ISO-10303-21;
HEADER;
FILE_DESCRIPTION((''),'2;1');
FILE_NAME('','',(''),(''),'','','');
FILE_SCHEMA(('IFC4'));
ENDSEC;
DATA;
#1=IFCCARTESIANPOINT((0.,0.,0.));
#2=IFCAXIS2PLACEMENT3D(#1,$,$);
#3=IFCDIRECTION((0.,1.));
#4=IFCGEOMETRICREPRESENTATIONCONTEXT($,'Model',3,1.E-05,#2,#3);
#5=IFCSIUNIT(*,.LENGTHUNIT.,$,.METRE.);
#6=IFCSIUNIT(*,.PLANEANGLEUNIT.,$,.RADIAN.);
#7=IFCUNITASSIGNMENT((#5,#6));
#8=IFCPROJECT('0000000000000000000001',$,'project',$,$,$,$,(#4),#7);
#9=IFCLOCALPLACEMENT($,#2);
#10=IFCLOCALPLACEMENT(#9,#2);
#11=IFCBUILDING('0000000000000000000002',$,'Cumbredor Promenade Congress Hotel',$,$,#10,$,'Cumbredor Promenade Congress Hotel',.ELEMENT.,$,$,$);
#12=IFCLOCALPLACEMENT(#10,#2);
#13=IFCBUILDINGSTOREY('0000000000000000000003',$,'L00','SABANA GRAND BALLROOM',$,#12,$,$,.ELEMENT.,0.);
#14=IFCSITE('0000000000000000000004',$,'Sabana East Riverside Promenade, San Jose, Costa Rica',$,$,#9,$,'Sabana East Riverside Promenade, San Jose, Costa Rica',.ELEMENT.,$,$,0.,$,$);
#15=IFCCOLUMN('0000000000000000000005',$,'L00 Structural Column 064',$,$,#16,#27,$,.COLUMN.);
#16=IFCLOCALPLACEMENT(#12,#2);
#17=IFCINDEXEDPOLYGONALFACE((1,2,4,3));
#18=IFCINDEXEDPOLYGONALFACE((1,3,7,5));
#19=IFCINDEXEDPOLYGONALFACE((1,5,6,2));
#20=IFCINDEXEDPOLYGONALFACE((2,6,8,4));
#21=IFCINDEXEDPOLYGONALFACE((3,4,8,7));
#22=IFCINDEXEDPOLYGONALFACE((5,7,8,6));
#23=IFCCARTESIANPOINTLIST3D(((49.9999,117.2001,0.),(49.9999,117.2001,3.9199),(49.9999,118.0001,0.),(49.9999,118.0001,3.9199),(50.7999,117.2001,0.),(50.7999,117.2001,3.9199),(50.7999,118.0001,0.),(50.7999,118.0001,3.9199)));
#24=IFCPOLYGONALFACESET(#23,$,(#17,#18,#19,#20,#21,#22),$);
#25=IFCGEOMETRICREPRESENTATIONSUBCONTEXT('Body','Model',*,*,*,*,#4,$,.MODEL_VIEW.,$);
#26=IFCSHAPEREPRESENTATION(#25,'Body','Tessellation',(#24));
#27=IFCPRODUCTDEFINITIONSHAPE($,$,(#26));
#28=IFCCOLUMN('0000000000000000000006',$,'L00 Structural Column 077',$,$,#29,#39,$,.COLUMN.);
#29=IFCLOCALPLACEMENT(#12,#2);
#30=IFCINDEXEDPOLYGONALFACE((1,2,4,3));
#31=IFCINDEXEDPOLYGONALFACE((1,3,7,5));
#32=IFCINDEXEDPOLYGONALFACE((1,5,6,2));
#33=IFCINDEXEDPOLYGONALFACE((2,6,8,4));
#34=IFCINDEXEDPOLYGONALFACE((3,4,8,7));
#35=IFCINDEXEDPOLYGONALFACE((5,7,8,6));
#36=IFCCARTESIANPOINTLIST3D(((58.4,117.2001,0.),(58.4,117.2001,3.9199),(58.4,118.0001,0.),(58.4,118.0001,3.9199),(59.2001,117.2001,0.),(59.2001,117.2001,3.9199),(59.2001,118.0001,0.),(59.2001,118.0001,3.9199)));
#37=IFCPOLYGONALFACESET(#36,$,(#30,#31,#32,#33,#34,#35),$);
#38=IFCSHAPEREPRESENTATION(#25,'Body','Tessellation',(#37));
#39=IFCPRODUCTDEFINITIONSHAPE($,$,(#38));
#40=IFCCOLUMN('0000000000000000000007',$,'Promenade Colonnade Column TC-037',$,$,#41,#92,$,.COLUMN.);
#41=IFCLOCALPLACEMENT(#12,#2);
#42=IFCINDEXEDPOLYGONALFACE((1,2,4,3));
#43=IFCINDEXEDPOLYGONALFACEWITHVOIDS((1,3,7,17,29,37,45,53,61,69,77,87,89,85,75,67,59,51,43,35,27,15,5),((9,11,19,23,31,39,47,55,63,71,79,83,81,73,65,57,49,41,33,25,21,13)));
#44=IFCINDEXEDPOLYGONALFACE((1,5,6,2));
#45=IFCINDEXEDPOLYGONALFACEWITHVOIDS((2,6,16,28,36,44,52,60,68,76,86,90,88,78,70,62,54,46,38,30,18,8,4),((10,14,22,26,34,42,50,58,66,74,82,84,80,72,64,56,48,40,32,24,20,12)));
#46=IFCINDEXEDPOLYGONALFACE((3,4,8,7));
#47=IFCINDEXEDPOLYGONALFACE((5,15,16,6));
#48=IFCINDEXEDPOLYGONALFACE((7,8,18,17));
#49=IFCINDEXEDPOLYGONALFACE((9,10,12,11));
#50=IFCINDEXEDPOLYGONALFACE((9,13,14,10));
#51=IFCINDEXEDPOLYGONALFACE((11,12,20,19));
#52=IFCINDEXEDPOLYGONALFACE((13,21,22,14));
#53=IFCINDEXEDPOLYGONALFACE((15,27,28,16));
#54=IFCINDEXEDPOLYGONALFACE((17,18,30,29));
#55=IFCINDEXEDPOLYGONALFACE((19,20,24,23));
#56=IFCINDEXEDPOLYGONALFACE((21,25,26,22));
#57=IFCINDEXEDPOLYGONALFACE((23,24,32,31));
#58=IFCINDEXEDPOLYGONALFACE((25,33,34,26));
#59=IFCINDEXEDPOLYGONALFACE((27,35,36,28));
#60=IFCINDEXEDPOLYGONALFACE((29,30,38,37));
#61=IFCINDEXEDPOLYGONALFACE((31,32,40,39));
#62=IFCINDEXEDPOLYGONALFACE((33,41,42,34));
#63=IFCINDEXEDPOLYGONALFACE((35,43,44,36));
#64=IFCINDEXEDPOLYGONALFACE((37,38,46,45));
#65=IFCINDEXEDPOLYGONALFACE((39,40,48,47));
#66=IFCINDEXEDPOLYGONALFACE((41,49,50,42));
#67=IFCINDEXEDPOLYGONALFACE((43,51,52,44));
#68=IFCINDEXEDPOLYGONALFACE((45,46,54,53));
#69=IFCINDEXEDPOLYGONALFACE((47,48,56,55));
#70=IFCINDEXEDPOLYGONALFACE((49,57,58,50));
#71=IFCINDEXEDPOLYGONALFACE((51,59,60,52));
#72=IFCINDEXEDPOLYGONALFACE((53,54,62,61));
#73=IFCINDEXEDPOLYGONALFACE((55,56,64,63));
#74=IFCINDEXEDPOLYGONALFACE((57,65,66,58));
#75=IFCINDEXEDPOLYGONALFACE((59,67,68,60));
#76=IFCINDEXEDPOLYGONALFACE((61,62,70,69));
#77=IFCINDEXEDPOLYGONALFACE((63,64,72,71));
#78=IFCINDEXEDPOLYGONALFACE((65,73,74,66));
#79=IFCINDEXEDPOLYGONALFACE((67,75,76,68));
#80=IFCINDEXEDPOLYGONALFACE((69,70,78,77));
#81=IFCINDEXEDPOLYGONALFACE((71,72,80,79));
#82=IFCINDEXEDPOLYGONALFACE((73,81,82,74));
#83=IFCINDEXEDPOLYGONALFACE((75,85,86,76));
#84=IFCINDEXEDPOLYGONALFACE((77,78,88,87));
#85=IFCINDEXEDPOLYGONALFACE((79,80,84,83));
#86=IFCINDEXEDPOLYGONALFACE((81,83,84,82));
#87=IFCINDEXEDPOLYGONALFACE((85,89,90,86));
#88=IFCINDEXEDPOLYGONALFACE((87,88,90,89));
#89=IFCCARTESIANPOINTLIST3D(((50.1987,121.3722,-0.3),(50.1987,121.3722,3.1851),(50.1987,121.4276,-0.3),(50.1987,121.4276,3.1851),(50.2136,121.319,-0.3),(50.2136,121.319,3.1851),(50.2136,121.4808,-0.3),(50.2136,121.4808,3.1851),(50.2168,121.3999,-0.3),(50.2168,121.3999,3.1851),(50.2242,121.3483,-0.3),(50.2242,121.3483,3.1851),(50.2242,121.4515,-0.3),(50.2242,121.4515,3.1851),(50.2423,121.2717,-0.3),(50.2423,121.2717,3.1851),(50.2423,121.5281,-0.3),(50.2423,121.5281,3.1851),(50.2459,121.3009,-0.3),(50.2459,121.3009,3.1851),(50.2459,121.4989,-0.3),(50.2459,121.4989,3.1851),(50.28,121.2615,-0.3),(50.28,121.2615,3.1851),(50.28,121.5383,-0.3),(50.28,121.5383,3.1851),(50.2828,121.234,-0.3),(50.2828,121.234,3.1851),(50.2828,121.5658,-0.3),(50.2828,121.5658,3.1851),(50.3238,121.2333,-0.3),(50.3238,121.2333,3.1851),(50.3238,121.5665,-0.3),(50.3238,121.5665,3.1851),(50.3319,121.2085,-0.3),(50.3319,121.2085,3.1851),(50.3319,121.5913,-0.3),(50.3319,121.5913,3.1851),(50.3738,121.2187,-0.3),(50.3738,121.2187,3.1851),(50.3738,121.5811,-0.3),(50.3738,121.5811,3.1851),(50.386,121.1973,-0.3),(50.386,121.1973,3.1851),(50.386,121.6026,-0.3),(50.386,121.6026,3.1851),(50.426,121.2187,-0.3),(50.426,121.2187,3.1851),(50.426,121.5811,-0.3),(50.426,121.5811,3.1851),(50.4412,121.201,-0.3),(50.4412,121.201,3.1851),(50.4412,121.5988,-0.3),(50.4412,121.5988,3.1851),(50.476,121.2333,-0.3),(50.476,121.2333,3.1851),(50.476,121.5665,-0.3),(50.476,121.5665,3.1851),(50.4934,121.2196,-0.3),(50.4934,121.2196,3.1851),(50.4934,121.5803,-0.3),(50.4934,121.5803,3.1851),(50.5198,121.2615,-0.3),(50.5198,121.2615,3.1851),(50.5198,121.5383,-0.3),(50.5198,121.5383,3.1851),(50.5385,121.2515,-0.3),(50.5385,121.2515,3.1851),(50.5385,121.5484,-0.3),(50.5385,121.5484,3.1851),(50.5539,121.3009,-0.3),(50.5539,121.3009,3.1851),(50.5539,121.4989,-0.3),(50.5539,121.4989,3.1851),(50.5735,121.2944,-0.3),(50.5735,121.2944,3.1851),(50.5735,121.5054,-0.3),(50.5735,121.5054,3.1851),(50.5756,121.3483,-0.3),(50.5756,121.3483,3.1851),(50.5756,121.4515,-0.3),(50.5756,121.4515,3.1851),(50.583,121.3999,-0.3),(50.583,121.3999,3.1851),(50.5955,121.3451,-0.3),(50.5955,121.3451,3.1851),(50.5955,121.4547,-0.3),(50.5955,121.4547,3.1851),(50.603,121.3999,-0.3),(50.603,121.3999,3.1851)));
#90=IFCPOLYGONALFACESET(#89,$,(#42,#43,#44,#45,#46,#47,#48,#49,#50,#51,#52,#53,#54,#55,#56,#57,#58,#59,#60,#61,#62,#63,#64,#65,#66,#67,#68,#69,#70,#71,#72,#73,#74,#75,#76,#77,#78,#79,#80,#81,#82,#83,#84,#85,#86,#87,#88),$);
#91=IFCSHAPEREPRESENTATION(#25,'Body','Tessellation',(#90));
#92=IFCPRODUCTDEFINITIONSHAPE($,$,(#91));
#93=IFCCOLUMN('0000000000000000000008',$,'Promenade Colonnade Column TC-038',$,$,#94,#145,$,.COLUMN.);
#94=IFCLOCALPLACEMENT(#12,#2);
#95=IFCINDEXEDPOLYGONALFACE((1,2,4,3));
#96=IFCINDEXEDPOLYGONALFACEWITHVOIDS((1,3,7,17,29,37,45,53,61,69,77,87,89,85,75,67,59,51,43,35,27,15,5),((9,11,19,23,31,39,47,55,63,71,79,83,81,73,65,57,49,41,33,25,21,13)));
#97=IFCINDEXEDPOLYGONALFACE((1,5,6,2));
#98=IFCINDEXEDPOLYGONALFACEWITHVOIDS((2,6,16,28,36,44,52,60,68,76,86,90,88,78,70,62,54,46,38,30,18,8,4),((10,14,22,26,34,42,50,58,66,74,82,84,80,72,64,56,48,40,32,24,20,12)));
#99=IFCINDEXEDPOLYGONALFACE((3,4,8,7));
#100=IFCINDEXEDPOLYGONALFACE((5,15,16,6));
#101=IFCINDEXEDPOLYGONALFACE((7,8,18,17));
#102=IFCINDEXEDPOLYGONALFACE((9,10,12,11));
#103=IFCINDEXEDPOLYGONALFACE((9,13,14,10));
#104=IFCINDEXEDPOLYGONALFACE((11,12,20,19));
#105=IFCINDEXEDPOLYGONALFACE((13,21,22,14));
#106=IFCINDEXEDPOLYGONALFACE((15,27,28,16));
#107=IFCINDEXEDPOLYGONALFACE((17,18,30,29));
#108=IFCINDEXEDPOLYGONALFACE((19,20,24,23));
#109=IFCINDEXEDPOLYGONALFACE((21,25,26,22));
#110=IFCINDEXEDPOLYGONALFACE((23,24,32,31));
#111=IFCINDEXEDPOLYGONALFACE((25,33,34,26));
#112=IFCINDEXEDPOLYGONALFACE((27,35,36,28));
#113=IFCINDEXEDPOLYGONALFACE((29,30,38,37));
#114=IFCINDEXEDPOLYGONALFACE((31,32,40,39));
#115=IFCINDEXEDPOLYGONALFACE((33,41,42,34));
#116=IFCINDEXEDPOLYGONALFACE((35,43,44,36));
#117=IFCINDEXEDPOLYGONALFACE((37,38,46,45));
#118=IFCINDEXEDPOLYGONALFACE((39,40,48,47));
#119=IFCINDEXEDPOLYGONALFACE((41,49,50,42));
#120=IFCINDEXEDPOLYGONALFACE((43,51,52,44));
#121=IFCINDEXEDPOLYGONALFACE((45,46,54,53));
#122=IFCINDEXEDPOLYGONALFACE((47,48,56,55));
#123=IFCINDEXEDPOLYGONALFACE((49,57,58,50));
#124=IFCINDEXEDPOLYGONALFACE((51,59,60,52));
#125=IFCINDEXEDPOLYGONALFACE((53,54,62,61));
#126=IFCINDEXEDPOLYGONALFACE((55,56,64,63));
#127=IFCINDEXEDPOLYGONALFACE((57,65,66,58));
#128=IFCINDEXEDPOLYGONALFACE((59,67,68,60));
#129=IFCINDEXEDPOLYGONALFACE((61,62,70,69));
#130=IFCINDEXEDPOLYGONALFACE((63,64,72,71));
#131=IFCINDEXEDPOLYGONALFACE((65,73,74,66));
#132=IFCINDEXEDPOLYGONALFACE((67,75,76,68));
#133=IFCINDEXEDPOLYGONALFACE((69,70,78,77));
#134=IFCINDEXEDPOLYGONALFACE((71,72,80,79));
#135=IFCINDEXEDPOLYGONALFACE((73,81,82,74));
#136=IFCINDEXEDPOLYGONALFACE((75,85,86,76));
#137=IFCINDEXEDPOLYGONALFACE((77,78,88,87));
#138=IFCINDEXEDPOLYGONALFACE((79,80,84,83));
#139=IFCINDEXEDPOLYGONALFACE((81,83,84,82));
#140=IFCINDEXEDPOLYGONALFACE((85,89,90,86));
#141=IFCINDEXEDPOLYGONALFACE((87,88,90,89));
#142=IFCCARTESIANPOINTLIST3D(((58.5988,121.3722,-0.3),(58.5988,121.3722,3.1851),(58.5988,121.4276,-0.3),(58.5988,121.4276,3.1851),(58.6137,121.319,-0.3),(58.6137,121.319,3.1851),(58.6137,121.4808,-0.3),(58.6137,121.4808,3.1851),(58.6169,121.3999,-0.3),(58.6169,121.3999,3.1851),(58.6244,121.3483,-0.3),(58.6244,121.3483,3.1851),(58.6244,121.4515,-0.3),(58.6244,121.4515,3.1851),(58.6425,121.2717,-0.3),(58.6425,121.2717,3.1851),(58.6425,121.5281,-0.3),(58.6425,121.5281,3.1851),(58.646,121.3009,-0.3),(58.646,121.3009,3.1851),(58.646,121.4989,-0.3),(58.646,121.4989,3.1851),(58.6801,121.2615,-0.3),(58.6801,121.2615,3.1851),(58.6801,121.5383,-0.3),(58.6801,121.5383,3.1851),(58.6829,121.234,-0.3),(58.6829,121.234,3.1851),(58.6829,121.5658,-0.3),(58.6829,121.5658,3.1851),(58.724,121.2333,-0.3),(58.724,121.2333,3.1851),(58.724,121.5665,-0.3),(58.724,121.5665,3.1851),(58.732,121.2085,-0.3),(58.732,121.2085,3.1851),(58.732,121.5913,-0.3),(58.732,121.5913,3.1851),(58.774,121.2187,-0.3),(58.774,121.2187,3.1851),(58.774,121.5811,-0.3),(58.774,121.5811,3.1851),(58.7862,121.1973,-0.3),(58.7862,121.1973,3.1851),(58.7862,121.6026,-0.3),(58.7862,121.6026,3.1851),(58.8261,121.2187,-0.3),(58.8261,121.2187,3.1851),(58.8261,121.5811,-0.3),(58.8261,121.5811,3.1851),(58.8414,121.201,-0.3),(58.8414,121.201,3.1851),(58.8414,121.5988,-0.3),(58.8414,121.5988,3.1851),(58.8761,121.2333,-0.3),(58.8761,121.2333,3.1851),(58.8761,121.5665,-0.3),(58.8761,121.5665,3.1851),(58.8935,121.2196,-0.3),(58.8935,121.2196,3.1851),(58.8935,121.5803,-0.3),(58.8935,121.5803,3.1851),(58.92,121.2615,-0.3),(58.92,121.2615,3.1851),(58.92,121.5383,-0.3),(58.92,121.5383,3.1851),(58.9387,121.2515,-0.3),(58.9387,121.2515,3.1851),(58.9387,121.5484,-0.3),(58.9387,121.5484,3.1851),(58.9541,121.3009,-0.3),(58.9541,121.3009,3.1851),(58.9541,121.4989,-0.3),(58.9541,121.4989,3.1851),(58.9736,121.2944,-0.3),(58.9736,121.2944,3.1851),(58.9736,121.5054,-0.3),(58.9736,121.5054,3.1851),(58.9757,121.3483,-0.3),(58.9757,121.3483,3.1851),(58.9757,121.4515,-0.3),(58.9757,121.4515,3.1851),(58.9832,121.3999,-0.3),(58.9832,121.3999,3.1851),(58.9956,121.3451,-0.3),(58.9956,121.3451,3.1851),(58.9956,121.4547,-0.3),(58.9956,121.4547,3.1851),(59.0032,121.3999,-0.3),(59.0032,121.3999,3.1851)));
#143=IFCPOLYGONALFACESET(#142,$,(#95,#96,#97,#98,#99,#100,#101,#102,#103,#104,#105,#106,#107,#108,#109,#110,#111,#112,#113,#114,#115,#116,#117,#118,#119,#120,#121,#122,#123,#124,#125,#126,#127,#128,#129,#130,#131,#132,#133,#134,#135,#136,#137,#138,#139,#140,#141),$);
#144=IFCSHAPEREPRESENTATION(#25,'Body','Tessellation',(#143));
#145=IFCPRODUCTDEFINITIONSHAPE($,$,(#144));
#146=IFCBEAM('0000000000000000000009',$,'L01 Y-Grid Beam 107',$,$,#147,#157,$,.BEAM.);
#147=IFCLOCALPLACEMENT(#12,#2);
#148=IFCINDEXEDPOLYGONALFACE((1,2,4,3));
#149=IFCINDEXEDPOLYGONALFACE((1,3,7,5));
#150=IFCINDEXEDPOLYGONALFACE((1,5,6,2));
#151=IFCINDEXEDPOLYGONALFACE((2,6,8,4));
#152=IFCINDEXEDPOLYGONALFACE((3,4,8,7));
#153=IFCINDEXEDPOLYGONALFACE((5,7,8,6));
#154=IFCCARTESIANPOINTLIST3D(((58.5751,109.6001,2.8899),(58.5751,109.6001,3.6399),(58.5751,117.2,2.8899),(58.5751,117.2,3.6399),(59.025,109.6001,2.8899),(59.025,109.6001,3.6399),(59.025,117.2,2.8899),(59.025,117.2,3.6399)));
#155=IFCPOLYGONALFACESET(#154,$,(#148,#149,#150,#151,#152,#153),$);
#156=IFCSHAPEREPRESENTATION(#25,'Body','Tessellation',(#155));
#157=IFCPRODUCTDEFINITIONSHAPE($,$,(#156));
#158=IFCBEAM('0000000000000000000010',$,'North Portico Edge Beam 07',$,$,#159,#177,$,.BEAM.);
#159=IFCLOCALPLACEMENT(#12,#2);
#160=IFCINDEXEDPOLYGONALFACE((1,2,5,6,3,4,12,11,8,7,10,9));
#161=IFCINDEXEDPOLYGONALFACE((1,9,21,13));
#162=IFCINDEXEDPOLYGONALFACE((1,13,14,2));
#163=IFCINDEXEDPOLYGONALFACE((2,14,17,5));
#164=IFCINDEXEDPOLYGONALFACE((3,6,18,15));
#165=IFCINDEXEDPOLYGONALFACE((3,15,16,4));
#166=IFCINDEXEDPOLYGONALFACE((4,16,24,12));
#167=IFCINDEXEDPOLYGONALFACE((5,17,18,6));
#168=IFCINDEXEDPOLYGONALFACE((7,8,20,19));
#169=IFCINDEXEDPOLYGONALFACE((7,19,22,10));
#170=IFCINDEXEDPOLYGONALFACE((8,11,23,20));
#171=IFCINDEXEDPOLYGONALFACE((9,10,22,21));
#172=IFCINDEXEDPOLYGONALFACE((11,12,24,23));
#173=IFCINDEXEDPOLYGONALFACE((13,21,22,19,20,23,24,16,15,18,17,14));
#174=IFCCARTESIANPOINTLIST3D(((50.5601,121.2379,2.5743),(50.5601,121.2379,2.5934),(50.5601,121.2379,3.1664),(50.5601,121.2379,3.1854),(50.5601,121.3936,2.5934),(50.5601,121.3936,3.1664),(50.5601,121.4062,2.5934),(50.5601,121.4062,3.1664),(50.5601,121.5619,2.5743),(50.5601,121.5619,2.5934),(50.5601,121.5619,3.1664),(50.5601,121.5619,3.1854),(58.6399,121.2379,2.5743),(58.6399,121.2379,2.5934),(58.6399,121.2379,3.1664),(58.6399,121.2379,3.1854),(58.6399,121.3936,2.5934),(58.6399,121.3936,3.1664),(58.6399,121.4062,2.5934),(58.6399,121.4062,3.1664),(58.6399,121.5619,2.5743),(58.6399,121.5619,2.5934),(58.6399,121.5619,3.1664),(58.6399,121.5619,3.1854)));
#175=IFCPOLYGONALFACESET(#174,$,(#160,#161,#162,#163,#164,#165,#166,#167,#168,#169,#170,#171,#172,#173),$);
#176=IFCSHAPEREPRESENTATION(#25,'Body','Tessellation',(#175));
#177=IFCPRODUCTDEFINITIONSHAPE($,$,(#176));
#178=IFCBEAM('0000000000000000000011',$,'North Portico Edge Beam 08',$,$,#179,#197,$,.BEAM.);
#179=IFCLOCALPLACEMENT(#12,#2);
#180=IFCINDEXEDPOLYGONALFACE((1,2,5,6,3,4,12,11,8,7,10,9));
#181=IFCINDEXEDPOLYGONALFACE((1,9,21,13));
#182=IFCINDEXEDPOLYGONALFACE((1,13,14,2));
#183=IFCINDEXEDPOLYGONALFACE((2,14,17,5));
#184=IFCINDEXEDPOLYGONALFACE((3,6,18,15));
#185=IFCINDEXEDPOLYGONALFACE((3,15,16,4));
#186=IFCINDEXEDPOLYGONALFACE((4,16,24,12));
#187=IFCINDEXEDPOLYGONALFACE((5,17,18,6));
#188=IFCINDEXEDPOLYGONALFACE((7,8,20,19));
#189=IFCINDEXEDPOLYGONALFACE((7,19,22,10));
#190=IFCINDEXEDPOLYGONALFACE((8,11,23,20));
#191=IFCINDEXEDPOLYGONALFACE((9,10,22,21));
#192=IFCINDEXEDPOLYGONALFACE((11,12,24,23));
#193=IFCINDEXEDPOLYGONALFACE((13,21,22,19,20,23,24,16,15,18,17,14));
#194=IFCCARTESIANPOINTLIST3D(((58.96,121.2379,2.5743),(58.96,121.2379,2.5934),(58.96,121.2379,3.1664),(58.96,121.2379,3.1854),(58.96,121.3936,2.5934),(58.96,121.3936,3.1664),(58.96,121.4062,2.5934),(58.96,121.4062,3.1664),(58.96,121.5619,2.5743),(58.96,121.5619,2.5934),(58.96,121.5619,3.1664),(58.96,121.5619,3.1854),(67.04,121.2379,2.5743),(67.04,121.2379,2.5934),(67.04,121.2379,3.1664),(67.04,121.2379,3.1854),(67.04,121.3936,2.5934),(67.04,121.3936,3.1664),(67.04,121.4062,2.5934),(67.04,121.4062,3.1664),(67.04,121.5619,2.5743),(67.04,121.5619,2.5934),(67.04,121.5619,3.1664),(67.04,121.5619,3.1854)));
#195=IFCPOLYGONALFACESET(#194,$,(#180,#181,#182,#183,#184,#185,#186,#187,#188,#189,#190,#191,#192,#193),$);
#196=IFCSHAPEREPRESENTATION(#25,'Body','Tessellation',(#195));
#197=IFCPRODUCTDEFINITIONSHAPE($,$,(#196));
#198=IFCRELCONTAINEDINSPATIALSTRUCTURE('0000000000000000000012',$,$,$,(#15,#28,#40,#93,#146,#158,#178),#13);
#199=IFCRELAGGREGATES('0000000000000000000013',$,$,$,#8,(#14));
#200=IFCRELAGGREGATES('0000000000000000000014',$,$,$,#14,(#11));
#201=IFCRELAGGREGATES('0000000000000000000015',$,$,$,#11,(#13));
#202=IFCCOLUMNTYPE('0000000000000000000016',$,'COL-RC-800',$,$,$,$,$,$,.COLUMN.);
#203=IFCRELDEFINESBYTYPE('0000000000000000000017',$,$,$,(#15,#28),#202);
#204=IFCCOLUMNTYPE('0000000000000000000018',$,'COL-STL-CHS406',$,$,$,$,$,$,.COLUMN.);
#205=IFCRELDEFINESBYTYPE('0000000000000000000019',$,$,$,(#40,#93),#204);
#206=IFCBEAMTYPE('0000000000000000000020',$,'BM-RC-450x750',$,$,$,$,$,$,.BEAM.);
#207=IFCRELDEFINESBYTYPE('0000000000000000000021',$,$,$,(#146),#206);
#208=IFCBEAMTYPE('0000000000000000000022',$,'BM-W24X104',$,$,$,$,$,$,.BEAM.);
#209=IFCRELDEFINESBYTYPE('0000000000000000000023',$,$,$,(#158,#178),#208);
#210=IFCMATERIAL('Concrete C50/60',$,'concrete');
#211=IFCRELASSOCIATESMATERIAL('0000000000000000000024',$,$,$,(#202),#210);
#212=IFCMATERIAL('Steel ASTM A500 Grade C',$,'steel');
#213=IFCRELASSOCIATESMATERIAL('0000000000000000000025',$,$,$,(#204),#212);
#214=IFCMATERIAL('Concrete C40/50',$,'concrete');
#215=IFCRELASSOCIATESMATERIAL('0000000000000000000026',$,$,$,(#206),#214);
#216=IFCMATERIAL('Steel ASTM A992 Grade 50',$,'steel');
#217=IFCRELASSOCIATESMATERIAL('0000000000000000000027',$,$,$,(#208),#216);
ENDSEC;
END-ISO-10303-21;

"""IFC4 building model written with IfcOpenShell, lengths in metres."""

from ifc_helpers import new_model, si_unit, direction, frame, origin, origin_2d, place, context, subcontext, project, spatial, rectangle, hollow_circle, i_section, extrude, material, material_profile, profile_set, type_object, element, save


model = new_model("IFC4")

# Units and contexts
model_context = context("Model", 3, precision=1e-05, world=origin(), true_north=direction((0.0, 1.0)))
body_context = subcontext(model_context, "Body", "Model", "MODEL_VIEW")
ifc_project = project(units=[si_unit("LENGTHUNIT", "METRE"), si_unit("PLANEANGLEUNIT", "RADIAN")], contexts=[model_context])

# Site, building, storey
site_placement = place(None, origin())
site = spatial("IfcSite", under=ifc_project, at=site_placement, Name="Sabana East Riverside Promenade, San Jose, Costa Rica", LongName="Sabana East Riverside Promenade, San Jose, Costa Rica", CompositionType="ELEMENT", RefElevation=0.0)
building_placement = place(site_placement, origin())
building = spatial("IfcBuilding", under=site, at=building_placement, Name="Cumbredor Promenade Congress Hotel", LongName="Cumbredor Promenade Congress Hotel", CompositionType="ELEMENT")
storey_placement = place(building_placement, origin())
storey = spatial("IfcBuildingStorey", under=building, at=storey_placement, Name="L00", Description="SABANA GRAND BALLROOM", CompositionType="ELEMENT", Elevation=0.0)

# Columns
ifc_material_1 = material(Name="Concrete C50/60", Category="concrete")
ifc_material_profile_1 = material_profile(ifc_material_1, rectangle(XDim=0.8, YDim=0.8, at=origin_2d()), Name="RC 800x800")
ifc_profile_set_1 = profile_set([ifc_material_profile_1], Name="Concrete C50/60")
column_type_1 = type_object("IfcColumnType", Name="COL-RC-800", PredefinedType="COLUMN", material=ifc_profile_set_1)
for number, where, z_axis, x_axis, name in (
    (1, (50.3999, 117.6001, 0.0), (0.0, 0.0, 1.0), (1.0, 0.0, 0.0), "L00 Structural Column 064"),
    (2, (58.8, 117.6001, 0.0), (0.0, 0.0, 1.0), (1.0, 0.0, 0.0), "L00 Structural Column 077"),
):
    element("IfcColumn", number, at=place(storey_placement, frame(where, z_axis=z_axis, x_axis=x_axis)), inside=storey, type_object=column_type_1, Name=name, PredefinedType="COLUMN", context=body_context, shape_type="SweptSolid", body=[
        extrude(rectangle(XDim=0.8, YDim=0.8, at=origin_2d()), origin(), (0.0, 0.0, 1.0), 3.9199),
    ])
ifc_material_2 = material(Name="Steel ASTM A500 Grade C", Category="steel")
ifc_material_profile_2 = material_profile(ifc_material_2, hollow_circle(Radius=0.2031, WallThickness=0.02, at=origin_2d()), Name="CHS 406.4x20")
ifc_profile_set_2 = profile_set([ifc_material_profile_2], Name="Steel ASTM A500 Grade C")
column_type_2 = type_object("IfcColumnType", Name="COL-STL-CHS406", PredefinedType="COLUMN", material=ifc_profile_set_2)
for number, where, z_axis, x_axis, name in (
    (3, (50.3999, 121.3999, -0.3), (0.0, 0.0, 1.0), (1.0, 0.0, 0.0), "Promenade Colonnade Column TC-037"),
    (4, (58.8, 121.3999, -0.3), (0.0, 0.0, 1.0), (1.0, 0.0, 0.0), "Promenade Colonnade Column TC-038"),
):
    element("IfcColumn", number, at=place(storey_placement, frame(where, z_axis=z_axis, x_axis=x_axis)), inside=storey, type_object=column_type_2, Name=name, PredefinedType="COLUMN", context=body_context, shape_type="SweptSolid", body=[
        extrude(hollow_circle(Radius=0.2031, WallThickness=0.02, at=origin_2d()), origin(), (0.0, 0.0, 1.0), 3.4851),
    ])

# Beams
ifc_material_3 = material(Name="Concrete C40/50", Category="concrete")
ifc_material_profile_3 = material_profile(ifc_material_3, rectangle(XDim=0.45, YDim=0.75, at=origin_2d()), Name="RC BEAM 450x750")
ifc_profile_set_3 = profile_set([ifc_material_profile_3], Name="Concrete C40/50")
beam_type_1 = type_object("IfcBeamType", Name="BM-RC-450x750", PredefinedType="BEAM", material=ifc_profile_set_3)
beam_1_placement = place(storey_placement, frame((58.8, 109.6001, 3.2649), z_axis=(0.0, 1.0, 0.0), x_axis=(-1.0, 0.0, 0.0)))
element("IfcBeam", 5, at=beam_1_placement, inside=storey, type_object=beam_type_1, Name="L01 Y-Grid Beam 107", PredefinedType="BEAM", context=body_context, shape_type="SweptSolid", body=[
    extrude(rectangle(XDim=0.45, YDim=0.75, at=origin_2d()), origin(), (0.0, 0.0, 1.0), 7.5999),
])
ifc_material_4 = material(Name="Steel ASTM A992 Grade 50", Category="steel")
ifc_material_profile_4 = material_profile(ifc_material_4, i_section(OverallWidth=0.324, OverallDepth=0.6111, WebThickness=0.0127, FlangeThickness=0.019, at=origin_2d()), Name="W24X104")
ifc_profile_set_4 = profile_set([ifc_material_profile_4], Name="Steel ASTM A992 Grade 50")
beam_type_2 = type_object("IfcBeamType", Name="BM-W24X104", PredefinedType="BEAM", material=ifc_profile_set_4)
beam_2_placement = place(storey_placement, frame((50.5601, 121.3999, 2.8799), z_axis=(1.0, 0.0, 0.0), x_axis=(0.0, 1.0, 0.0)))
element("IfcBeam", 6, at=beam_2_placement, inside=storey, type_object=beam_type_2, Name="North Portico Edge Beam 07", PredefinedType="BEAM", context=body_context, shape_type="SweptSolid", body=[
    extrude(i_section(OverallWidth=0.324, OverallDepth=0.6111, WebThickness=0.0127, FlangeThickness=0.019, at=origin_2d()), origin(), (0.0, 0.0, 1.0), 8.0798),
])
beam_3_placement = place(storey_placement, frame((58.96, 121.3999, 2.8799), z_axis=(1.0, 0.0, 0.0), x_axis=(0.0, 1.0, 0.0)))
element("IfcBeam", 7, at=beam_3_placement, inside=storey, type_object=beam_type_2, Name="North Portico Edge Beam 08", PredefinedType="BEAM", context=body_context, shape_type="SweptSolid", body=[
    extrude(i_section(OverallWidth=0.324, OverallDepth=0.6111, WebThickness=0.0127, FlangeThickness=0.019, at=origin_2d()), origin(), (0.0, 0.0, 1.0), 8.0801),
])

save(model, "model.ifc")
